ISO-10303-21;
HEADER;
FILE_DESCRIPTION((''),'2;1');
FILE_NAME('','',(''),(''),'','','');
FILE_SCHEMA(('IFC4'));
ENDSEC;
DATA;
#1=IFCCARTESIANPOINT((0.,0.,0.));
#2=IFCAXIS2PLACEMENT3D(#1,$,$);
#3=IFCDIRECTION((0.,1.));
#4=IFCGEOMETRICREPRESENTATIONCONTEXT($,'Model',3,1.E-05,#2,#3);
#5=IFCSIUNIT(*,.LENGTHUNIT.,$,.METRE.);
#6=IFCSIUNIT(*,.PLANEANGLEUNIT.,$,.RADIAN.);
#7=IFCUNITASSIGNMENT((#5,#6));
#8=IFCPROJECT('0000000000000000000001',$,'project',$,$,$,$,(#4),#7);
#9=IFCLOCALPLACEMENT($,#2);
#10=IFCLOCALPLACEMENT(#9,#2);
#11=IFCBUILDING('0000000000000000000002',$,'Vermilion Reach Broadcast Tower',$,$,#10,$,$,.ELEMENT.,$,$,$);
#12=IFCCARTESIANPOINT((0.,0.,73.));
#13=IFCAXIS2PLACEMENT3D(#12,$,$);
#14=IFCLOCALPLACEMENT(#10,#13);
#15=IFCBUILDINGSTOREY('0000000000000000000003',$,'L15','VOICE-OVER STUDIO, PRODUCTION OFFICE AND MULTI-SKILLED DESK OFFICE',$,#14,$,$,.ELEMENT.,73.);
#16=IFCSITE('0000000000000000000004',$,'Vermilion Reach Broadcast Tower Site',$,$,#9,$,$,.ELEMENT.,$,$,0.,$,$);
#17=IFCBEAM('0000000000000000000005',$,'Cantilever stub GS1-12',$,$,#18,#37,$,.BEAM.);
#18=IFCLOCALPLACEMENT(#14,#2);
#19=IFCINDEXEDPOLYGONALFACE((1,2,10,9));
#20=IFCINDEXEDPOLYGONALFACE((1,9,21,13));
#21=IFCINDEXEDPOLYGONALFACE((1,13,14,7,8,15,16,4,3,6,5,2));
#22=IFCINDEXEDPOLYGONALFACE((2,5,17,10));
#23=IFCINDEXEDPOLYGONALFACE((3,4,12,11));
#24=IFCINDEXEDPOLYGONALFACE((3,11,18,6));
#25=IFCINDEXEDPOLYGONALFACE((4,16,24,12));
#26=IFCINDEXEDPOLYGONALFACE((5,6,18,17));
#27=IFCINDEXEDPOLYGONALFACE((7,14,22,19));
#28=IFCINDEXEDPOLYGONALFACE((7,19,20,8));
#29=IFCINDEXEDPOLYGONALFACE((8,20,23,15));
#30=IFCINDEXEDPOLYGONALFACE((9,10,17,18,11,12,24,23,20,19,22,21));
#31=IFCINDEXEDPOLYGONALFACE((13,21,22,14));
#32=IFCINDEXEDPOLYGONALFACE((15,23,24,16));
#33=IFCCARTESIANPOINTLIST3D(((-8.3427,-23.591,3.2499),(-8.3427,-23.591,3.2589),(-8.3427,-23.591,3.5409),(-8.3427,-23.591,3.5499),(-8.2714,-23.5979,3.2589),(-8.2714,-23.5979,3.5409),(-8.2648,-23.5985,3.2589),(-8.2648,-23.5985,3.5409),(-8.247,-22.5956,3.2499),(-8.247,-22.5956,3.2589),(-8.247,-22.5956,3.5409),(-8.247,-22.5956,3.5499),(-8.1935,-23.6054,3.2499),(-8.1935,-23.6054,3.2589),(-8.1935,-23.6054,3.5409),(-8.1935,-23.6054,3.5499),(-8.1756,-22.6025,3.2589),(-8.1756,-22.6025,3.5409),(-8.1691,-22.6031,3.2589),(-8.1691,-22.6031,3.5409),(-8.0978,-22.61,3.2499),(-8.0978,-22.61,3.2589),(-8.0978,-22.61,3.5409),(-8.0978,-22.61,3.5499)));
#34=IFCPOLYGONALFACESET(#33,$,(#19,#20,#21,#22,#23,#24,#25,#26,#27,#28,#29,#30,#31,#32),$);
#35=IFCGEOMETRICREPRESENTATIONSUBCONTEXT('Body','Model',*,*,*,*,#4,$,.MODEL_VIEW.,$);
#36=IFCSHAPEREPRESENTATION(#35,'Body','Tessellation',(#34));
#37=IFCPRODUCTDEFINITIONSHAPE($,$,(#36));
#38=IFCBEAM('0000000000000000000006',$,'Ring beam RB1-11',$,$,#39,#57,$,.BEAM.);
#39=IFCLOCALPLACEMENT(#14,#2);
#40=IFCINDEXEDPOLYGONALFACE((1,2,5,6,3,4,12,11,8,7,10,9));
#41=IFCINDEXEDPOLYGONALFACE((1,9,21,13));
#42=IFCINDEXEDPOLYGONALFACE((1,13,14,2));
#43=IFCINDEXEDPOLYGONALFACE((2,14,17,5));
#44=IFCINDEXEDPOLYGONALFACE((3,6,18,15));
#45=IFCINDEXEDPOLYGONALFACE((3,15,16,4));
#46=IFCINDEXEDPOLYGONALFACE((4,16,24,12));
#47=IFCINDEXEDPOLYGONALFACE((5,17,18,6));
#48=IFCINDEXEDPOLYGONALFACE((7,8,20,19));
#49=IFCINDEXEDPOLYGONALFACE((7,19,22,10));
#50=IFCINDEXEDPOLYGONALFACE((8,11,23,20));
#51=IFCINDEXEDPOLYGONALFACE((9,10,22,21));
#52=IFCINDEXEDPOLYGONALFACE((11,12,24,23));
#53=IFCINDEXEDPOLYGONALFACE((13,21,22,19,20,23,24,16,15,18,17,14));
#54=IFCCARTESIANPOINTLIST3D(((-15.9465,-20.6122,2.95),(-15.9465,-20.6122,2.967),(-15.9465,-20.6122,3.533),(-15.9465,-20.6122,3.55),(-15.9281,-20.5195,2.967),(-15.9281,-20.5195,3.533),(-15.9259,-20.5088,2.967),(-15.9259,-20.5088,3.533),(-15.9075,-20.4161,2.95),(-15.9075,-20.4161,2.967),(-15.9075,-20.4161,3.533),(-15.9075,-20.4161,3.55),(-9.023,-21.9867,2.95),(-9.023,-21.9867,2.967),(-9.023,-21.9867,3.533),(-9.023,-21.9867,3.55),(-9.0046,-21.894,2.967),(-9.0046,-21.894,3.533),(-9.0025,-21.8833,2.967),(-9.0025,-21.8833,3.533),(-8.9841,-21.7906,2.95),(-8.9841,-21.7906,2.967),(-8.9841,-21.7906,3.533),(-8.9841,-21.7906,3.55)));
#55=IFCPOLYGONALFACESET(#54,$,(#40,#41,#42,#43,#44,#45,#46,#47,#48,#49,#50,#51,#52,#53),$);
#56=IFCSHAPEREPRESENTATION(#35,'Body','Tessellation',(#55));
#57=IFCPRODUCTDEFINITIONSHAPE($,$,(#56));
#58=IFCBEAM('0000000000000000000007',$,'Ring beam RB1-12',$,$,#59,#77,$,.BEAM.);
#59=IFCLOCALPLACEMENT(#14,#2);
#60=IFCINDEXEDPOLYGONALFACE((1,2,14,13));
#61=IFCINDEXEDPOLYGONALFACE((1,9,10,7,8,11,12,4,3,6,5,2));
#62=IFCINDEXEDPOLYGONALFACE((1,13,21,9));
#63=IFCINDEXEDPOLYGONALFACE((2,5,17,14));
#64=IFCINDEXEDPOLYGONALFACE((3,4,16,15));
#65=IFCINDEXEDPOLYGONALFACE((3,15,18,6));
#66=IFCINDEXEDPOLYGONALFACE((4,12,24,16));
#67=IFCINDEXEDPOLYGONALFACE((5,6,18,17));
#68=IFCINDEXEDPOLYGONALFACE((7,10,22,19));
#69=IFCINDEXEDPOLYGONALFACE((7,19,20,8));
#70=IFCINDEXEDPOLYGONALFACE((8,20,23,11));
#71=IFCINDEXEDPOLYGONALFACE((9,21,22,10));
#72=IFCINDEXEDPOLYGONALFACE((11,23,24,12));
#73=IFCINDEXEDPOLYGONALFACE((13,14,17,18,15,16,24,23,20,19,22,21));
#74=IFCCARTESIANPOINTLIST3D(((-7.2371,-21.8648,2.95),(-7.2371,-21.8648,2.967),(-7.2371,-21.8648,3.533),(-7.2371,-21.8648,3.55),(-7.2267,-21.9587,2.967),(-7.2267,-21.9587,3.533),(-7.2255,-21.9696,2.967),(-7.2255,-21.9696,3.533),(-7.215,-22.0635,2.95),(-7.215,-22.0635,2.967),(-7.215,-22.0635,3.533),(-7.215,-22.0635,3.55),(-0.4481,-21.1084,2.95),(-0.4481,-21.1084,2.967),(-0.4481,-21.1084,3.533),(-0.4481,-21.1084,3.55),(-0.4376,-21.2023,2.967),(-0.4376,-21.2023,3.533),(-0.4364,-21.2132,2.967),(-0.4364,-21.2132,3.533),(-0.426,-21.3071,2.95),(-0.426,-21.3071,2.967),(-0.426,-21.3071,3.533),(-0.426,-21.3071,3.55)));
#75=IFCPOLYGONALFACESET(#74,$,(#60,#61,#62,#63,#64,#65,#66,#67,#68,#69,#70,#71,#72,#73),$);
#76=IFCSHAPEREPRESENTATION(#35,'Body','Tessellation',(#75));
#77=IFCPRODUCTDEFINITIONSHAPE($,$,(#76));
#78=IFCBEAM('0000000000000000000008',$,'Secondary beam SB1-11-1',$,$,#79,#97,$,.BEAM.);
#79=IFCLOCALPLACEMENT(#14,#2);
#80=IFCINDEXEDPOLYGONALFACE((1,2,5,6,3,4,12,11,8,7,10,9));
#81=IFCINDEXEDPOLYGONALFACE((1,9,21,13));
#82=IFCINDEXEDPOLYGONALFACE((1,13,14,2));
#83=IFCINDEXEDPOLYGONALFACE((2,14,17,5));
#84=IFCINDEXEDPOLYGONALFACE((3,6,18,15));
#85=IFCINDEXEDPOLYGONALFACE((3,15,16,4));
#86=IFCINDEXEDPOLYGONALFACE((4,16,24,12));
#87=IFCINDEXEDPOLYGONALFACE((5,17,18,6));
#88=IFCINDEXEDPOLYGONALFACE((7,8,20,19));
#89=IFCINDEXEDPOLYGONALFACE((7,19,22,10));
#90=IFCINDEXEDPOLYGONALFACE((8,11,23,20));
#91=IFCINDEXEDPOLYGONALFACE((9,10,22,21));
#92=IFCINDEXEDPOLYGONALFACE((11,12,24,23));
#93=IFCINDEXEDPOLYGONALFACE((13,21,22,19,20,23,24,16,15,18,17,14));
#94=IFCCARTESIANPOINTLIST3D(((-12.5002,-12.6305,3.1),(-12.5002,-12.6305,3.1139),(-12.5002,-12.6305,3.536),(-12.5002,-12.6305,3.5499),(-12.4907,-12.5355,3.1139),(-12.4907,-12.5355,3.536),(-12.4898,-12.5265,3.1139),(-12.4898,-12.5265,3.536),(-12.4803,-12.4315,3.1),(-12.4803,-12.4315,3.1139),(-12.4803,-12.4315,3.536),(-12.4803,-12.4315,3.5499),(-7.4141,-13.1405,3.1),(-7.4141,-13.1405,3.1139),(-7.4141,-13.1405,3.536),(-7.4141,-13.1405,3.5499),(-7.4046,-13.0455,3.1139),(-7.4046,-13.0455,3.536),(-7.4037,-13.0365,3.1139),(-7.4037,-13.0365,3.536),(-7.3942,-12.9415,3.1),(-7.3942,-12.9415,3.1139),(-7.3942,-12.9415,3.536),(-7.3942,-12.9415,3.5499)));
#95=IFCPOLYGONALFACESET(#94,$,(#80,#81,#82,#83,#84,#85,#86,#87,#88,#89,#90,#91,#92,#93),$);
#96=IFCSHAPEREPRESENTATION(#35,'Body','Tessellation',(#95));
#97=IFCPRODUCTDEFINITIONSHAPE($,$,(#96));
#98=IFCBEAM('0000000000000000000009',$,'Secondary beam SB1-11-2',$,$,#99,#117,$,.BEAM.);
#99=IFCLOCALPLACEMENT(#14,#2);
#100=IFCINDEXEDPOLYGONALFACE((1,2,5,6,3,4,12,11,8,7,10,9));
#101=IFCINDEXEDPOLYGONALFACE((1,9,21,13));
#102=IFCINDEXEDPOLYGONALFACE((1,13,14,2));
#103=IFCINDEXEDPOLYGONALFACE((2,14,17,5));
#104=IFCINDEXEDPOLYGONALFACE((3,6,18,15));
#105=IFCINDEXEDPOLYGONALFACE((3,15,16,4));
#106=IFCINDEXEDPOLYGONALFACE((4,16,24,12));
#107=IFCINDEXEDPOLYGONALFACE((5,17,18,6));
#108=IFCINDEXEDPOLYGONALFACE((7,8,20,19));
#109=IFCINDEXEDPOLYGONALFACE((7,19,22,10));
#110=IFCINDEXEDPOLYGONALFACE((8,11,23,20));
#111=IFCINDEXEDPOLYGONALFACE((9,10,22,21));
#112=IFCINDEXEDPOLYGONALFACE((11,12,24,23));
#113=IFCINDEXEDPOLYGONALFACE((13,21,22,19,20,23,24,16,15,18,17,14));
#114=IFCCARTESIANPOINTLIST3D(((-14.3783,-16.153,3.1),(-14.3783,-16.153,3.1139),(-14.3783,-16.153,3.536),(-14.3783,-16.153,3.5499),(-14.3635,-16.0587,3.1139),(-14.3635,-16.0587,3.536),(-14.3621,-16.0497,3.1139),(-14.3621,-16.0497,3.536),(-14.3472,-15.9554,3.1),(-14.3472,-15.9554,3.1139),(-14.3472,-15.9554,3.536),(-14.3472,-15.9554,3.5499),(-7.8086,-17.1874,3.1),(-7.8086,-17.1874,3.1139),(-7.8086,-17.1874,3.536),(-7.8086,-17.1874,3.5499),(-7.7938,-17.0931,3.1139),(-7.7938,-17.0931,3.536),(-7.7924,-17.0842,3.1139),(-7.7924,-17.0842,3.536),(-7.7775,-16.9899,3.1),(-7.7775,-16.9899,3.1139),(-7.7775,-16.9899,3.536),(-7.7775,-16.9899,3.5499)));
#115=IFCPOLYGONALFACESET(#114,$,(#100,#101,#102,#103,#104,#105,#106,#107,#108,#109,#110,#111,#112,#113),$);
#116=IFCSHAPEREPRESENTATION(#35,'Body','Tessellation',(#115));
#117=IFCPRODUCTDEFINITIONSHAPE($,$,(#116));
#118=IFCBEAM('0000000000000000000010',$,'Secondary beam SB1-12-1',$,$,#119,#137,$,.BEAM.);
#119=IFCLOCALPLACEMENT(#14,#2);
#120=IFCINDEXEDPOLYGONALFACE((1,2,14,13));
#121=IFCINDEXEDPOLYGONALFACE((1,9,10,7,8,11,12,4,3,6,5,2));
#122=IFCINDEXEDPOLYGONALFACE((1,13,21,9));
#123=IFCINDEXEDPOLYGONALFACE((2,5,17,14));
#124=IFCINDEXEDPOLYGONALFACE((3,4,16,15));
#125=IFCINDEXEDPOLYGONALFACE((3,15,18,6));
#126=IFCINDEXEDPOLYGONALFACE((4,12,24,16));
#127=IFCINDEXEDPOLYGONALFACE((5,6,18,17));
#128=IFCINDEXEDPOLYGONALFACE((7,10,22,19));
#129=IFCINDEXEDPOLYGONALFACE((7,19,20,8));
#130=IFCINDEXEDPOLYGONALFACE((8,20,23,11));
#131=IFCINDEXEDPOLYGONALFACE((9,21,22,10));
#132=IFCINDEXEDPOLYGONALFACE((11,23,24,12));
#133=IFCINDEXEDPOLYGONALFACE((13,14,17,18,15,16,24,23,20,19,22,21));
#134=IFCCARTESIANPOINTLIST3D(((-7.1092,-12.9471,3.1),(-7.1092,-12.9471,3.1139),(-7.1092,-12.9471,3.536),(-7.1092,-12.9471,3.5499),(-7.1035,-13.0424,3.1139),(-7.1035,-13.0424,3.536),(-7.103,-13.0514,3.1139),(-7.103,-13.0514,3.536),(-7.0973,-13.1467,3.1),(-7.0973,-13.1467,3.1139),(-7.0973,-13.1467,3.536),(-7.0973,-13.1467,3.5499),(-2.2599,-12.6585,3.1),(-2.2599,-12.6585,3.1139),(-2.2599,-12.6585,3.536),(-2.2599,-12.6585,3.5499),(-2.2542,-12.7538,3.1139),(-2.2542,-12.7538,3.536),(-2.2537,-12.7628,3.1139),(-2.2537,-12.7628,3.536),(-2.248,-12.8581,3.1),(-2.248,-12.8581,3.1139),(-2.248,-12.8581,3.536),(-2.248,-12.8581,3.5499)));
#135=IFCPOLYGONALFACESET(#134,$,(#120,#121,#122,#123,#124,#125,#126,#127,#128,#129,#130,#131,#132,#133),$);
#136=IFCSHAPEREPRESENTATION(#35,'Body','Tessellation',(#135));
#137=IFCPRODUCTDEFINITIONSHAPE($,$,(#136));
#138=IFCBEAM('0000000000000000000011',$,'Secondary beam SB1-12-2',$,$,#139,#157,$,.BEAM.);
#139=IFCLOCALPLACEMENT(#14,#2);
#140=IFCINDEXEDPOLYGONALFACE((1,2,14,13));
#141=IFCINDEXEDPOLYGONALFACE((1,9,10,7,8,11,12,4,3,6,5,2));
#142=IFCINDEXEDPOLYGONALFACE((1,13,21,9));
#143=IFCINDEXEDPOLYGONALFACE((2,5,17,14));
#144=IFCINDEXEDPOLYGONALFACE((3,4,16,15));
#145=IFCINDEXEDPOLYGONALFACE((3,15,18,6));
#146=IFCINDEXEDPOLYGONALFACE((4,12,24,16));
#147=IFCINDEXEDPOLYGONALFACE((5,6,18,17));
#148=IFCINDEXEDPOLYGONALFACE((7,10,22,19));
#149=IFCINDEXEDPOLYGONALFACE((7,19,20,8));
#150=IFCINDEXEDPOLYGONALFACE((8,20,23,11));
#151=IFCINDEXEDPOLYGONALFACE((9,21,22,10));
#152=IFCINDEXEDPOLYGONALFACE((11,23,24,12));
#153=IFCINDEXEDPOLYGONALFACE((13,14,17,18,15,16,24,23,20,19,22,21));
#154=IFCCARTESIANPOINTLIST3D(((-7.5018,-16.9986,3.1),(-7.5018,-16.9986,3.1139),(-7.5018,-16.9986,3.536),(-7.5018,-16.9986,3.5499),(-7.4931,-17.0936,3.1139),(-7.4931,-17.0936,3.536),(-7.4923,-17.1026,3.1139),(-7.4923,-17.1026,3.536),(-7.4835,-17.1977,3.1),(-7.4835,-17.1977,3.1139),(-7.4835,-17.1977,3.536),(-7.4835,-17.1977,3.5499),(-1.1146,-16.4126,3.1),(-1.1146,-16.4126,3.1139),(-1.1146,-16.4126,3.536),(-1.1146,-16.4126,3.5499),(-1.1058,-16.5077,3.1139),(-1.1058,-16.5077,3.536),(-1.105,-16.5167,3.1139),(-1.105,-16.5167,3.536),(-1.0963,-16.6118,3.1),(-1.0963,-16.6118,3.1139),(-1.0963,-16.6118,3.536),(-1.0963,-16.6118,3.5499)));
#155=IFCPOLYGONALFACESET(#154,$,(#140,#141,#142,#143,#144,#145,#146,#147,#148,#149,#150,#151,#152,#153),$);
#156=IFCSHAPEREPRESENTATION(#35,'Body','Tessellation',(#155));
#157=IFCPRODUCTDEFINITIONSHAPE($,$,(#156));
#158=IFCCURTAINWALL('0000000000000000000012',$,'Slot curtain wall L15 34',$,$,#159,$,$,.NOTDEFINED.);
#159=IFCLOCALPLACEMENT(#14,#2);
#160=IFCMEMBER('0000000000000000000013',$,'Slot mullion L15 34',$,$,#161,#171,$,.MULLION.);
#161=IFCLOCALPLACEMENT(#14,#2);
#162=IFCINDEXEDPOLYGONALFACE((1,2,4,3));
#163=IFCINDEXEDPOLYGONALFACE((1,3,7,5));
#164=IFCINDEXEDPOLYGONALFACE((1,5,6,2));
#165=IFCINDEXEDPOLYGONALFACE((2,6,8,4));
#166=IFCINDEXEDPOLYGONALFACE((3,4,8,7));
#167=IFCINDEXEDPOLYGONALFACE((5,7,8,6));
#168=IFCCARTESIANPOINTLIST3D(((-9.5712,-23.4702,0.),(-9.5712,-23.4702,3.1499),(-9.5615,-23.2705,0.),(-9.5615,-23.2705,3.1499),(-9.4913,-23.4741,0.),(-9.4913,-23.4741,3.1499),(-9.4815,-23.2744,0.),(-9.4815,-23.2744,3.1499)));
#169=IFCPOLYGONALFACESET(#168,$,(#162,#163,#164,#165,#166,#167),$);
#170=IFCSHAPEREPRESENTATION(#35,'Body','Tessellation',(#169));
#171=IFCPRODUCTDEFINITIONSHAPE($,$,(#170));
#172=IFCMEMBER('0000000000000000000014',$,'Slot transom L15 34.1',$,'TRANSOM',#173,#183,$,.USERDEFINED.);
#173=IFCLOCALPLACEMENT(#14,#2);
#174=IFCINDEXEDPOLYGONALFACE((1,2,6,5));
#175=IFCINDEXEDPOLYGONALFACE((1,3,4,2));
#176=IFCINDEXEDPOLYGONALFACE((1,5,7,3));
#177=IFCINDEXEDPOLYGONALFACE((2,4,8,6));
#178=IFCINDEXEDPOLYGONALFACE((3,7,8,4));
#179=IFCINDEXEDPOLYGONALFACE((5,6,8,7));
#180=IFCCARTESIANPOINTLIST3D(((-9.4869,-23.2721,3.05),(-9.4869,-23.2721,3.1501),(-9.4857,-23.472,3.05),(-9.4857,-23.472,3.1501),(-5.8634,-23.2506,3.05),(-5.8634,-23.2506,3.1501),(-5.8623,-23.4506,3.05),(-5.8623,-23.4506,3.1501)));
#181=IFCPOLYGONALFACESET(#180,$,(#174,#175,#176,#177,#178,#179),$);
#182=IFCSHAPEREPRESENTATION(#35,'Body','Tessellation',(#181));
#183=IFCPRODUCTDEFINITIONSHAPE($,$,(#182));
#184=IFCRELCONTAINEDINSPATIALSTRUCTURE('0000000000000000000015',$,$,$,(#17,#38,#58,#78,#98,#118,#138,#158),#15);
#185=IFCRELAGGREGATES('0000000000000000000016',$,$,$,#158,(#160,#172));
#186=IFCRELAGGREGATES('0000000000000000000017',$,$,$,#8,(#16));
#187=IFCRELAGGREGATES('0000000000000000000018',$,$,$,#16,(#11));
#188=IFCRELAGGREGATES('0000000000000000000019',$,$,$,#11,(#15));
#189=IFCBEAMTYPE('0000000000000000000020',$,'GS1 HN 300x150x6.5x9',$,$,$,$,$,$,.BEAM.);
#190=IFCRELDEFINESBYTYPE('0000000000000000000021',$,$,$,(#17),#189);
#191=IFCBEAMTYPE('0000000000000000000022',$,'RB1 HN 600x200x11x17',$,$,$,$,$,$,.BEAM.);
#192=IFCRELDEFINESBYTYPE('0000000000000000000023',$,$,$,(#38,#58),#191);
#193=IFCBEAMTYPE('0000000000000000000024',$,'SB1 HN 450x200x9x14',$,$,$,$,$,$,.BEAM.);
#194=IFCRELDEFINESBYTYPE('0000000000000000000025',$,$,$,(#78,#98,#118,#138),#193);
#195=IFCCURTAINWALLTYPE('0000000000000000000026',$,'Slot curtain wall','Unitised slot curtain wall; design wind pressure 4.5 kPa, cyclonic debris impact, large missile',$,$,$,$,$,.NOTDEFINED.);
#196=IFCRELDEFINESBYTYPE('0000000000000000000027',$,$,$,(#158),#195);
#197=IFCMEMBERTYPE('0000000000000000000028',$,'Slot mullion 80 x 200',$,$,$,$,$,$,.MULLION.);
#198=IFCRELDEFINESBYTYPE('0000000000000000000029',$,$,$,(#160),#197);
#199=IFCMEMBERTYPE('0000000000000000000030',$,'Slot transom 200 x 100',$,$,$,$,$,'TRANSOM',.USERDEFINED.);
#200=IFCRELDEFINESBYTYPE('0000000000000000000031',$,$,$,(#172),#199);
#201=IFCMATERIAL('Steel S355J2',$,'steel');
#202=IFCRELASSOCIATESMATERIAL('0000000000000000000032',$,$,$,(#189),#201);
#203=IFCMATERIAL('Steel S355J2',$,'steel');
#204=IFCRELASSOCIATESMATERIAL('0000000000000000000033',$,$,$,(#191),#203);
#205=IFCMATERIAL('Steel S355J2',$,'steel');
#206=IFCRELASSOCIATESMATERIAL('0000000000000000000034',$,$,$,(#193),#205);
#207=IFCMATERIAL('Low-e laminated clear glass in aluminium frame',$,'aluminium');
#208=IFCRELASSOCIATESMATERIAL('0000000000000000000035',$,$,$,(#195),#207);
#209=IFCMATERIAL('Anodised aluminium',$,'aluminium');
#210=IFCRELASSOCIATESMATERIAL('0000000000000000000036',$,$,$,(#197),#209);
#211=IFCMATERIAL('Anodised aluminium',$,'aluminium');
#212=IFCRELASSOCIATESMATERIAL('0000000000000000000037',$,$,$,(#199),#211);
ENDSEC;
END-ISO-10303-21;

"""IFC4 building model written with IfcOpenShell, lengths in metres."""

from ifc_helpers import new_model, si_unit, direction, frame, origin, origin_2d, place, context, subcontext, project, spatial, rectangle, i_section, extrude, material, material_profile, profile_set, type_object, element, aggregate, save


model = new_model("IFC4")

# Units and contexts
model_context = context("Model", 3, precision=1e-05, world=origin(), true_north=direction((0.0, 1.0)))
body_context = subcontext(model_context, "Body", "Model", "MODEL_VIEW")
ifc_project = project(units=[si_unit("LENGTHUNIT", "METRE"), si_unit("PLANEANGLEUNIT", "RADIAN")], contexts=[model_context])

# Site, building, storey
site_placement = place(None, origin())
site = spatial("IfcSite", under=ifc_project, at=site_placement, Name="Vermilion Reach Broadcast Tower Site", CompositionType="ELEMENT", RefElevation=0.0)
building_placement = place(site_placement, origin())
building = spatial("IfcBuilding", under=site, at=building_placement, Name="Vermilion Reach Broadcast Tower", CompositionType="ELEMENT")
storey_placement = place(building_placement, frame((0.0, 0.0, 73.0)))
storey = spatial("IfcBuildingStorey", under=building, at=storey_placement, Name="L15", Description="VOICE-OVER STUDIO, PRODUCTION OFFICE AND MULTI-SKILLED DESK OFFICE", CompositionType="ELEMENT", Elevation=73.0)

# Beams
ifc_material_1 = material(Name="Steel S355J2", Category="steel")
ifc_material_profile_1 = material_profile(ifc_material_1, i_section(OverallWidth=0.1499, OverallDepth=0.3, WebThickness=0.0066, FlangeThickness=0.009, at=origin_2d()), Name="S355J2 HN 300x150x6.5x9")
ifc_profile_set_1 = profile_set([ifc_material_profile_1], Name="Steel S355J2")
beam_type_1 = type_object("IfcBeamType", Name="GS1 HN 300x150x6.5x9", PredefinedType="BEAM", material=ifc_profile_set_1)
beam_1_placement = place(storey_placement, frame((-8.1724, -22.6028, 3.3999), z_axis=(-0.095708, -0.995409, 0.0), x_axis=(0.995409, -0.095708, 0.0)))
element("IfcBeam", 1, at=beam_1_placement, inside=storey, type_object=beam_type_1, Name="Cantilever stub GS1-12", PredefinedType="BEAM", context=body_context, shape_type="SweptSolid", body=[
    extrude(i_section(OverallWidth=0.1499, OverallDepth=0.3, WebThickness=0.0066, FlangeThickness=0.009, at=origin_2d()), origin(), (0.0, 0.0, 1.0), 1.0),
])
ifc_material_2 = material(Name="Steel S355J2", Category="steel")
ifc_material_profile_2 = material_profile(ifc_material_2, i_section(OverallWidth=0.2, OverallDepth=0.6001, WebThickness=0.011, FlangeThickness=0.0171, at=origin_2d()), Name="S355J2 HN 600x200x11x17")
ifc_profile_set_2 = profile_set([ifc_material_profile_2], Name="Steel S355J2")
beam_type_2 = type_object("IfcBeamType", Name="RB1 HN 600x200x11x17", PredefinedType="BEAM", material=ifc_profile_set_2)
beam_2_placement = place(storey_placement, frame((-15.927, -20.5142, 3.25), z_axis=(0.980858, -0.194726, 0.0), x_axis=(0.194726, 0.980858, 0.0)))
element("IfcBeam", 2, at=beam_2_placement, inside=storey, type_object=beam_type_2, Name="Ring beam RB1-11", PredefinedType="BEAM", context=body_context, shape_type="SweptSolid", body=[
    extrude(i_section(OverallWidth=0.2, OverallDepth=0.6001, WebThickness=0.011, FlangeThickness=0.0171, at=origin_2d()), origin(), (0.0, 0.0, 1.0), 7.0586),
])
beam_3_placement = place(storey_placement, frame((-7.2261, -21.9641, 3.25), z_axis=(0.993851, 0.110722, 0.0), x_axis=(-0.110722, 0.993851, 0.0)))
element("IfcBeam", 3, at=beam_3_placement, inside=storey, type_object=beam_type_2, Name="Ring beam RB1-12", PredefinedType="BEAM", context=body_context, shape_type="SweptSolid", body=[
    extrude(i_section(OverallWidth=0.2, OverallDepth=0.6001, WebThickness=0.011, FlangeThickness=0.0171, at=origin_2d()), origin(), (0.0, 0.0, 1.0), 6.8311),
])
ifc_material_3 = material(Name="Steel S355J2", Category="steel")
ifc_material_profile_3 = material_profile(ifc_material_3, i_section(OverallWidth=0.2, OverallDepth=0.45, WebThickness=0.009, FlangeThickness=0.0139, at=origin_2d()), Name="S355J2 HN 450x200x9x14")
ifc_profile_set_3 = profile_set([ifc_material_profile_3], Name="Steel S355J2")
beam_type_3 = type_object("IfcBeamType", Name="SB1 HN 450x200x9x14", PredefinedType="BEAM", material=ifc_profile_set_3)
beam_4_placement = place(storey_placement, frame((-12.4902, -12.531, 3.325), z_axis=(0.99501, -0.099773, 0.0), x_axis=(0.099773, 0.99501, 0.0)))
element("IfcBeam", 4, at=beam_4_placement, inside=storey, type_object=beam_type_3, Name="Secondary beam SB1-11-1", PredefinedType="BEAM", context=body_context, shape_type="SweptSolid", body=[
    extrude(i_section(OverallWidth=0.2, OverallDepth=0.45, WebThickness=0.009, FlangeThickness=0.0139, at=origin_2d()), origin(), (0.0, 0.0, 1.0), 5.1116),
])
beam_5_placement = place(storey_placement, frame((-14.3628, -16.0542, 3.325), z_axis=(0.98783, -0.15554, 0.0), x_axis=(0.15554, 0.98783, 0.0)))
element("IfcBeam", 5, at=beam_5_placement, inside=storey, type_object=beam_type_3, Name="Secondary beam SB1-11-2", PredefinedType="BEAM", context=body_context, shape_type="SweptSolid", body=[
    extrude(i_section(OverallWidth=0.2, OverallDepth=0.45, WebThickness=0.009, FlangeThickness=0.0139, at=origin_2d()), origin(), (0.0, 0.0, 1.0), 6.6506),
])
beam_6_placement = place(storey_placement, frame((-7.1033, -13.0469, 3.325), z_axis=(0.998234, 0.059403, 0.0), x_axis=(-0.059403, 0.998234, 0.0)))
element("IfcBeam", 6, at=beam_6_placement, inside=storey, type_object=beam_type_3, Name="Secondary beam SB1-12-1", PredefinedType="BEAM", context=body_context, shape_type="SweptSolid", body=[
    extrude(i_section(OverallWidth=0.2, OverallDepth=0.45, WebThickness=0.009, FlangeThickness=0.0139, at=origin_2d()), origin(), (0.0, 0.0, 1.0), 4.8579),
])
beam_7_placement = place(storey_placement, frame((-7.4927, -17.0981, 3.325), z_axis=(0.995819, 0.091353, 0.0), x_axis=(-0.091353, 0.995819, 0.0)))
element("IfcBeam", 7, at=beam_7_placement, inside=storey, type_object=beam_type_3, Name="Secondary beam SB1-12-2", PredefinedType="BEAM", context=body_context, shape_type="SweptSolid", body=[
    extrude(i_section(OverallWidth=0.2, OverallDepth=0.45, WebThickness=0.009, FlangeThickness=0.0139, at=origin_2d()), origin(), (0.0, 0.0, 1.0), 6.4141),
])

# Curtain wall, members
ifc_material_4 = material(Name="Low-e laminated clear glass in aluminium frame", Category="aluminium")
curtain_wall_type = type_object("IfcCurtainWallType", Name="Slot curtain wall", Description="Unitised slot curtain wall; design wind pressure 4.5 kPa, cyclonic debris impact, large missile", PredefinedType="NOTDEFINED", material=ifc_material_4)
curtain_wall_placement = place(storey_placement, origin())
curtain_wall = element("IfcCurtainWall", 8, at=curtain_wall_placement, inside=storey, type_object=curtain_wall_type, Name="Slot curtain wall L15 34", PredefinedType="NOTDEFINED")
ifc_material_5 = material(Name="Anodised aluminium", Category="aluminium")
ifc_material_profile_4 = material_profile(ifc_material_5, rectangle(XDim=0.2, YDim=0.0801, at=origin_2d()), Name="Slot mullion 80 x 200")
ifc_profile_set_4 = profile_set([ifc_material_profile_4], Name="Anodised aluminium")
member_type_1 = type_object("IfcMemberType", Name="Slot mullion 80 x 200", PredefinedType="MULLION", material=ifc_profile_set_4)
member_1_placement = place(storey_placement, frame((-9.5264, -23.3723, 0.0), z_axis=(0.0, 0.0, 1.0), x_axis=(0.048867, 0.998805, 0.0)))
member_1 = element("IfcMember", 9, at=member_1_placement, type_object=member_type_1, Name="Slot mullion L15 34", PredefinedType="MULLION", context=body_context, shape_type="SweptSolid", body=[
    extrude(rectangle(XDim=0.2, YDim=0.0801, at=origin_2d()), origin(), (0.0, 0.0, 1.0), 3.1499),
])
ifc_material_6 = material(Name="Anodised aluminium", Category="aluminium")
ifc_material_profile_5 = material_profile(ifc_material_6, rectangle(XDim=0.2, YDim=0.1001, at=origin_2d()), Name="Slot transom 200 x 100")
ifc_profile_set_5 = profile_set([ifc_material_profile_5], Name="Anodised aluminium")
member_type_2 = type_object("IfcMemberType", Name="Slot transom 200 x 100", ElementType="TRANSOM", PredefinedType="USERDEFINED", material=ifc_profile_set_5)
member_2_placement = place(storey_placement, frame((-9.4863, -23.3721, 3.1001), z_axis=(0.999982, 0.005929, 0.0), x_axis=(-0.005929, 0.999982, 0.0)))
member_2 = element("IfcMember", 10, at=member_2_placement, type_object=member_type_2, Name="Slot transom L15 34.1", ObjectType="TRANSOM", PredefinedType="USERDEFINED", context=body_context, shape_type="SweptSolid", body=[
    extrude(rectangle(XDim=0.2, YDim=0.1001, at=origin_2d()), origin(), (0.0, 0.0, 1.0), 3.6235),
])
aggregate(curtain_wall, [member_1, member_2])

save(model, "model.ifc")
